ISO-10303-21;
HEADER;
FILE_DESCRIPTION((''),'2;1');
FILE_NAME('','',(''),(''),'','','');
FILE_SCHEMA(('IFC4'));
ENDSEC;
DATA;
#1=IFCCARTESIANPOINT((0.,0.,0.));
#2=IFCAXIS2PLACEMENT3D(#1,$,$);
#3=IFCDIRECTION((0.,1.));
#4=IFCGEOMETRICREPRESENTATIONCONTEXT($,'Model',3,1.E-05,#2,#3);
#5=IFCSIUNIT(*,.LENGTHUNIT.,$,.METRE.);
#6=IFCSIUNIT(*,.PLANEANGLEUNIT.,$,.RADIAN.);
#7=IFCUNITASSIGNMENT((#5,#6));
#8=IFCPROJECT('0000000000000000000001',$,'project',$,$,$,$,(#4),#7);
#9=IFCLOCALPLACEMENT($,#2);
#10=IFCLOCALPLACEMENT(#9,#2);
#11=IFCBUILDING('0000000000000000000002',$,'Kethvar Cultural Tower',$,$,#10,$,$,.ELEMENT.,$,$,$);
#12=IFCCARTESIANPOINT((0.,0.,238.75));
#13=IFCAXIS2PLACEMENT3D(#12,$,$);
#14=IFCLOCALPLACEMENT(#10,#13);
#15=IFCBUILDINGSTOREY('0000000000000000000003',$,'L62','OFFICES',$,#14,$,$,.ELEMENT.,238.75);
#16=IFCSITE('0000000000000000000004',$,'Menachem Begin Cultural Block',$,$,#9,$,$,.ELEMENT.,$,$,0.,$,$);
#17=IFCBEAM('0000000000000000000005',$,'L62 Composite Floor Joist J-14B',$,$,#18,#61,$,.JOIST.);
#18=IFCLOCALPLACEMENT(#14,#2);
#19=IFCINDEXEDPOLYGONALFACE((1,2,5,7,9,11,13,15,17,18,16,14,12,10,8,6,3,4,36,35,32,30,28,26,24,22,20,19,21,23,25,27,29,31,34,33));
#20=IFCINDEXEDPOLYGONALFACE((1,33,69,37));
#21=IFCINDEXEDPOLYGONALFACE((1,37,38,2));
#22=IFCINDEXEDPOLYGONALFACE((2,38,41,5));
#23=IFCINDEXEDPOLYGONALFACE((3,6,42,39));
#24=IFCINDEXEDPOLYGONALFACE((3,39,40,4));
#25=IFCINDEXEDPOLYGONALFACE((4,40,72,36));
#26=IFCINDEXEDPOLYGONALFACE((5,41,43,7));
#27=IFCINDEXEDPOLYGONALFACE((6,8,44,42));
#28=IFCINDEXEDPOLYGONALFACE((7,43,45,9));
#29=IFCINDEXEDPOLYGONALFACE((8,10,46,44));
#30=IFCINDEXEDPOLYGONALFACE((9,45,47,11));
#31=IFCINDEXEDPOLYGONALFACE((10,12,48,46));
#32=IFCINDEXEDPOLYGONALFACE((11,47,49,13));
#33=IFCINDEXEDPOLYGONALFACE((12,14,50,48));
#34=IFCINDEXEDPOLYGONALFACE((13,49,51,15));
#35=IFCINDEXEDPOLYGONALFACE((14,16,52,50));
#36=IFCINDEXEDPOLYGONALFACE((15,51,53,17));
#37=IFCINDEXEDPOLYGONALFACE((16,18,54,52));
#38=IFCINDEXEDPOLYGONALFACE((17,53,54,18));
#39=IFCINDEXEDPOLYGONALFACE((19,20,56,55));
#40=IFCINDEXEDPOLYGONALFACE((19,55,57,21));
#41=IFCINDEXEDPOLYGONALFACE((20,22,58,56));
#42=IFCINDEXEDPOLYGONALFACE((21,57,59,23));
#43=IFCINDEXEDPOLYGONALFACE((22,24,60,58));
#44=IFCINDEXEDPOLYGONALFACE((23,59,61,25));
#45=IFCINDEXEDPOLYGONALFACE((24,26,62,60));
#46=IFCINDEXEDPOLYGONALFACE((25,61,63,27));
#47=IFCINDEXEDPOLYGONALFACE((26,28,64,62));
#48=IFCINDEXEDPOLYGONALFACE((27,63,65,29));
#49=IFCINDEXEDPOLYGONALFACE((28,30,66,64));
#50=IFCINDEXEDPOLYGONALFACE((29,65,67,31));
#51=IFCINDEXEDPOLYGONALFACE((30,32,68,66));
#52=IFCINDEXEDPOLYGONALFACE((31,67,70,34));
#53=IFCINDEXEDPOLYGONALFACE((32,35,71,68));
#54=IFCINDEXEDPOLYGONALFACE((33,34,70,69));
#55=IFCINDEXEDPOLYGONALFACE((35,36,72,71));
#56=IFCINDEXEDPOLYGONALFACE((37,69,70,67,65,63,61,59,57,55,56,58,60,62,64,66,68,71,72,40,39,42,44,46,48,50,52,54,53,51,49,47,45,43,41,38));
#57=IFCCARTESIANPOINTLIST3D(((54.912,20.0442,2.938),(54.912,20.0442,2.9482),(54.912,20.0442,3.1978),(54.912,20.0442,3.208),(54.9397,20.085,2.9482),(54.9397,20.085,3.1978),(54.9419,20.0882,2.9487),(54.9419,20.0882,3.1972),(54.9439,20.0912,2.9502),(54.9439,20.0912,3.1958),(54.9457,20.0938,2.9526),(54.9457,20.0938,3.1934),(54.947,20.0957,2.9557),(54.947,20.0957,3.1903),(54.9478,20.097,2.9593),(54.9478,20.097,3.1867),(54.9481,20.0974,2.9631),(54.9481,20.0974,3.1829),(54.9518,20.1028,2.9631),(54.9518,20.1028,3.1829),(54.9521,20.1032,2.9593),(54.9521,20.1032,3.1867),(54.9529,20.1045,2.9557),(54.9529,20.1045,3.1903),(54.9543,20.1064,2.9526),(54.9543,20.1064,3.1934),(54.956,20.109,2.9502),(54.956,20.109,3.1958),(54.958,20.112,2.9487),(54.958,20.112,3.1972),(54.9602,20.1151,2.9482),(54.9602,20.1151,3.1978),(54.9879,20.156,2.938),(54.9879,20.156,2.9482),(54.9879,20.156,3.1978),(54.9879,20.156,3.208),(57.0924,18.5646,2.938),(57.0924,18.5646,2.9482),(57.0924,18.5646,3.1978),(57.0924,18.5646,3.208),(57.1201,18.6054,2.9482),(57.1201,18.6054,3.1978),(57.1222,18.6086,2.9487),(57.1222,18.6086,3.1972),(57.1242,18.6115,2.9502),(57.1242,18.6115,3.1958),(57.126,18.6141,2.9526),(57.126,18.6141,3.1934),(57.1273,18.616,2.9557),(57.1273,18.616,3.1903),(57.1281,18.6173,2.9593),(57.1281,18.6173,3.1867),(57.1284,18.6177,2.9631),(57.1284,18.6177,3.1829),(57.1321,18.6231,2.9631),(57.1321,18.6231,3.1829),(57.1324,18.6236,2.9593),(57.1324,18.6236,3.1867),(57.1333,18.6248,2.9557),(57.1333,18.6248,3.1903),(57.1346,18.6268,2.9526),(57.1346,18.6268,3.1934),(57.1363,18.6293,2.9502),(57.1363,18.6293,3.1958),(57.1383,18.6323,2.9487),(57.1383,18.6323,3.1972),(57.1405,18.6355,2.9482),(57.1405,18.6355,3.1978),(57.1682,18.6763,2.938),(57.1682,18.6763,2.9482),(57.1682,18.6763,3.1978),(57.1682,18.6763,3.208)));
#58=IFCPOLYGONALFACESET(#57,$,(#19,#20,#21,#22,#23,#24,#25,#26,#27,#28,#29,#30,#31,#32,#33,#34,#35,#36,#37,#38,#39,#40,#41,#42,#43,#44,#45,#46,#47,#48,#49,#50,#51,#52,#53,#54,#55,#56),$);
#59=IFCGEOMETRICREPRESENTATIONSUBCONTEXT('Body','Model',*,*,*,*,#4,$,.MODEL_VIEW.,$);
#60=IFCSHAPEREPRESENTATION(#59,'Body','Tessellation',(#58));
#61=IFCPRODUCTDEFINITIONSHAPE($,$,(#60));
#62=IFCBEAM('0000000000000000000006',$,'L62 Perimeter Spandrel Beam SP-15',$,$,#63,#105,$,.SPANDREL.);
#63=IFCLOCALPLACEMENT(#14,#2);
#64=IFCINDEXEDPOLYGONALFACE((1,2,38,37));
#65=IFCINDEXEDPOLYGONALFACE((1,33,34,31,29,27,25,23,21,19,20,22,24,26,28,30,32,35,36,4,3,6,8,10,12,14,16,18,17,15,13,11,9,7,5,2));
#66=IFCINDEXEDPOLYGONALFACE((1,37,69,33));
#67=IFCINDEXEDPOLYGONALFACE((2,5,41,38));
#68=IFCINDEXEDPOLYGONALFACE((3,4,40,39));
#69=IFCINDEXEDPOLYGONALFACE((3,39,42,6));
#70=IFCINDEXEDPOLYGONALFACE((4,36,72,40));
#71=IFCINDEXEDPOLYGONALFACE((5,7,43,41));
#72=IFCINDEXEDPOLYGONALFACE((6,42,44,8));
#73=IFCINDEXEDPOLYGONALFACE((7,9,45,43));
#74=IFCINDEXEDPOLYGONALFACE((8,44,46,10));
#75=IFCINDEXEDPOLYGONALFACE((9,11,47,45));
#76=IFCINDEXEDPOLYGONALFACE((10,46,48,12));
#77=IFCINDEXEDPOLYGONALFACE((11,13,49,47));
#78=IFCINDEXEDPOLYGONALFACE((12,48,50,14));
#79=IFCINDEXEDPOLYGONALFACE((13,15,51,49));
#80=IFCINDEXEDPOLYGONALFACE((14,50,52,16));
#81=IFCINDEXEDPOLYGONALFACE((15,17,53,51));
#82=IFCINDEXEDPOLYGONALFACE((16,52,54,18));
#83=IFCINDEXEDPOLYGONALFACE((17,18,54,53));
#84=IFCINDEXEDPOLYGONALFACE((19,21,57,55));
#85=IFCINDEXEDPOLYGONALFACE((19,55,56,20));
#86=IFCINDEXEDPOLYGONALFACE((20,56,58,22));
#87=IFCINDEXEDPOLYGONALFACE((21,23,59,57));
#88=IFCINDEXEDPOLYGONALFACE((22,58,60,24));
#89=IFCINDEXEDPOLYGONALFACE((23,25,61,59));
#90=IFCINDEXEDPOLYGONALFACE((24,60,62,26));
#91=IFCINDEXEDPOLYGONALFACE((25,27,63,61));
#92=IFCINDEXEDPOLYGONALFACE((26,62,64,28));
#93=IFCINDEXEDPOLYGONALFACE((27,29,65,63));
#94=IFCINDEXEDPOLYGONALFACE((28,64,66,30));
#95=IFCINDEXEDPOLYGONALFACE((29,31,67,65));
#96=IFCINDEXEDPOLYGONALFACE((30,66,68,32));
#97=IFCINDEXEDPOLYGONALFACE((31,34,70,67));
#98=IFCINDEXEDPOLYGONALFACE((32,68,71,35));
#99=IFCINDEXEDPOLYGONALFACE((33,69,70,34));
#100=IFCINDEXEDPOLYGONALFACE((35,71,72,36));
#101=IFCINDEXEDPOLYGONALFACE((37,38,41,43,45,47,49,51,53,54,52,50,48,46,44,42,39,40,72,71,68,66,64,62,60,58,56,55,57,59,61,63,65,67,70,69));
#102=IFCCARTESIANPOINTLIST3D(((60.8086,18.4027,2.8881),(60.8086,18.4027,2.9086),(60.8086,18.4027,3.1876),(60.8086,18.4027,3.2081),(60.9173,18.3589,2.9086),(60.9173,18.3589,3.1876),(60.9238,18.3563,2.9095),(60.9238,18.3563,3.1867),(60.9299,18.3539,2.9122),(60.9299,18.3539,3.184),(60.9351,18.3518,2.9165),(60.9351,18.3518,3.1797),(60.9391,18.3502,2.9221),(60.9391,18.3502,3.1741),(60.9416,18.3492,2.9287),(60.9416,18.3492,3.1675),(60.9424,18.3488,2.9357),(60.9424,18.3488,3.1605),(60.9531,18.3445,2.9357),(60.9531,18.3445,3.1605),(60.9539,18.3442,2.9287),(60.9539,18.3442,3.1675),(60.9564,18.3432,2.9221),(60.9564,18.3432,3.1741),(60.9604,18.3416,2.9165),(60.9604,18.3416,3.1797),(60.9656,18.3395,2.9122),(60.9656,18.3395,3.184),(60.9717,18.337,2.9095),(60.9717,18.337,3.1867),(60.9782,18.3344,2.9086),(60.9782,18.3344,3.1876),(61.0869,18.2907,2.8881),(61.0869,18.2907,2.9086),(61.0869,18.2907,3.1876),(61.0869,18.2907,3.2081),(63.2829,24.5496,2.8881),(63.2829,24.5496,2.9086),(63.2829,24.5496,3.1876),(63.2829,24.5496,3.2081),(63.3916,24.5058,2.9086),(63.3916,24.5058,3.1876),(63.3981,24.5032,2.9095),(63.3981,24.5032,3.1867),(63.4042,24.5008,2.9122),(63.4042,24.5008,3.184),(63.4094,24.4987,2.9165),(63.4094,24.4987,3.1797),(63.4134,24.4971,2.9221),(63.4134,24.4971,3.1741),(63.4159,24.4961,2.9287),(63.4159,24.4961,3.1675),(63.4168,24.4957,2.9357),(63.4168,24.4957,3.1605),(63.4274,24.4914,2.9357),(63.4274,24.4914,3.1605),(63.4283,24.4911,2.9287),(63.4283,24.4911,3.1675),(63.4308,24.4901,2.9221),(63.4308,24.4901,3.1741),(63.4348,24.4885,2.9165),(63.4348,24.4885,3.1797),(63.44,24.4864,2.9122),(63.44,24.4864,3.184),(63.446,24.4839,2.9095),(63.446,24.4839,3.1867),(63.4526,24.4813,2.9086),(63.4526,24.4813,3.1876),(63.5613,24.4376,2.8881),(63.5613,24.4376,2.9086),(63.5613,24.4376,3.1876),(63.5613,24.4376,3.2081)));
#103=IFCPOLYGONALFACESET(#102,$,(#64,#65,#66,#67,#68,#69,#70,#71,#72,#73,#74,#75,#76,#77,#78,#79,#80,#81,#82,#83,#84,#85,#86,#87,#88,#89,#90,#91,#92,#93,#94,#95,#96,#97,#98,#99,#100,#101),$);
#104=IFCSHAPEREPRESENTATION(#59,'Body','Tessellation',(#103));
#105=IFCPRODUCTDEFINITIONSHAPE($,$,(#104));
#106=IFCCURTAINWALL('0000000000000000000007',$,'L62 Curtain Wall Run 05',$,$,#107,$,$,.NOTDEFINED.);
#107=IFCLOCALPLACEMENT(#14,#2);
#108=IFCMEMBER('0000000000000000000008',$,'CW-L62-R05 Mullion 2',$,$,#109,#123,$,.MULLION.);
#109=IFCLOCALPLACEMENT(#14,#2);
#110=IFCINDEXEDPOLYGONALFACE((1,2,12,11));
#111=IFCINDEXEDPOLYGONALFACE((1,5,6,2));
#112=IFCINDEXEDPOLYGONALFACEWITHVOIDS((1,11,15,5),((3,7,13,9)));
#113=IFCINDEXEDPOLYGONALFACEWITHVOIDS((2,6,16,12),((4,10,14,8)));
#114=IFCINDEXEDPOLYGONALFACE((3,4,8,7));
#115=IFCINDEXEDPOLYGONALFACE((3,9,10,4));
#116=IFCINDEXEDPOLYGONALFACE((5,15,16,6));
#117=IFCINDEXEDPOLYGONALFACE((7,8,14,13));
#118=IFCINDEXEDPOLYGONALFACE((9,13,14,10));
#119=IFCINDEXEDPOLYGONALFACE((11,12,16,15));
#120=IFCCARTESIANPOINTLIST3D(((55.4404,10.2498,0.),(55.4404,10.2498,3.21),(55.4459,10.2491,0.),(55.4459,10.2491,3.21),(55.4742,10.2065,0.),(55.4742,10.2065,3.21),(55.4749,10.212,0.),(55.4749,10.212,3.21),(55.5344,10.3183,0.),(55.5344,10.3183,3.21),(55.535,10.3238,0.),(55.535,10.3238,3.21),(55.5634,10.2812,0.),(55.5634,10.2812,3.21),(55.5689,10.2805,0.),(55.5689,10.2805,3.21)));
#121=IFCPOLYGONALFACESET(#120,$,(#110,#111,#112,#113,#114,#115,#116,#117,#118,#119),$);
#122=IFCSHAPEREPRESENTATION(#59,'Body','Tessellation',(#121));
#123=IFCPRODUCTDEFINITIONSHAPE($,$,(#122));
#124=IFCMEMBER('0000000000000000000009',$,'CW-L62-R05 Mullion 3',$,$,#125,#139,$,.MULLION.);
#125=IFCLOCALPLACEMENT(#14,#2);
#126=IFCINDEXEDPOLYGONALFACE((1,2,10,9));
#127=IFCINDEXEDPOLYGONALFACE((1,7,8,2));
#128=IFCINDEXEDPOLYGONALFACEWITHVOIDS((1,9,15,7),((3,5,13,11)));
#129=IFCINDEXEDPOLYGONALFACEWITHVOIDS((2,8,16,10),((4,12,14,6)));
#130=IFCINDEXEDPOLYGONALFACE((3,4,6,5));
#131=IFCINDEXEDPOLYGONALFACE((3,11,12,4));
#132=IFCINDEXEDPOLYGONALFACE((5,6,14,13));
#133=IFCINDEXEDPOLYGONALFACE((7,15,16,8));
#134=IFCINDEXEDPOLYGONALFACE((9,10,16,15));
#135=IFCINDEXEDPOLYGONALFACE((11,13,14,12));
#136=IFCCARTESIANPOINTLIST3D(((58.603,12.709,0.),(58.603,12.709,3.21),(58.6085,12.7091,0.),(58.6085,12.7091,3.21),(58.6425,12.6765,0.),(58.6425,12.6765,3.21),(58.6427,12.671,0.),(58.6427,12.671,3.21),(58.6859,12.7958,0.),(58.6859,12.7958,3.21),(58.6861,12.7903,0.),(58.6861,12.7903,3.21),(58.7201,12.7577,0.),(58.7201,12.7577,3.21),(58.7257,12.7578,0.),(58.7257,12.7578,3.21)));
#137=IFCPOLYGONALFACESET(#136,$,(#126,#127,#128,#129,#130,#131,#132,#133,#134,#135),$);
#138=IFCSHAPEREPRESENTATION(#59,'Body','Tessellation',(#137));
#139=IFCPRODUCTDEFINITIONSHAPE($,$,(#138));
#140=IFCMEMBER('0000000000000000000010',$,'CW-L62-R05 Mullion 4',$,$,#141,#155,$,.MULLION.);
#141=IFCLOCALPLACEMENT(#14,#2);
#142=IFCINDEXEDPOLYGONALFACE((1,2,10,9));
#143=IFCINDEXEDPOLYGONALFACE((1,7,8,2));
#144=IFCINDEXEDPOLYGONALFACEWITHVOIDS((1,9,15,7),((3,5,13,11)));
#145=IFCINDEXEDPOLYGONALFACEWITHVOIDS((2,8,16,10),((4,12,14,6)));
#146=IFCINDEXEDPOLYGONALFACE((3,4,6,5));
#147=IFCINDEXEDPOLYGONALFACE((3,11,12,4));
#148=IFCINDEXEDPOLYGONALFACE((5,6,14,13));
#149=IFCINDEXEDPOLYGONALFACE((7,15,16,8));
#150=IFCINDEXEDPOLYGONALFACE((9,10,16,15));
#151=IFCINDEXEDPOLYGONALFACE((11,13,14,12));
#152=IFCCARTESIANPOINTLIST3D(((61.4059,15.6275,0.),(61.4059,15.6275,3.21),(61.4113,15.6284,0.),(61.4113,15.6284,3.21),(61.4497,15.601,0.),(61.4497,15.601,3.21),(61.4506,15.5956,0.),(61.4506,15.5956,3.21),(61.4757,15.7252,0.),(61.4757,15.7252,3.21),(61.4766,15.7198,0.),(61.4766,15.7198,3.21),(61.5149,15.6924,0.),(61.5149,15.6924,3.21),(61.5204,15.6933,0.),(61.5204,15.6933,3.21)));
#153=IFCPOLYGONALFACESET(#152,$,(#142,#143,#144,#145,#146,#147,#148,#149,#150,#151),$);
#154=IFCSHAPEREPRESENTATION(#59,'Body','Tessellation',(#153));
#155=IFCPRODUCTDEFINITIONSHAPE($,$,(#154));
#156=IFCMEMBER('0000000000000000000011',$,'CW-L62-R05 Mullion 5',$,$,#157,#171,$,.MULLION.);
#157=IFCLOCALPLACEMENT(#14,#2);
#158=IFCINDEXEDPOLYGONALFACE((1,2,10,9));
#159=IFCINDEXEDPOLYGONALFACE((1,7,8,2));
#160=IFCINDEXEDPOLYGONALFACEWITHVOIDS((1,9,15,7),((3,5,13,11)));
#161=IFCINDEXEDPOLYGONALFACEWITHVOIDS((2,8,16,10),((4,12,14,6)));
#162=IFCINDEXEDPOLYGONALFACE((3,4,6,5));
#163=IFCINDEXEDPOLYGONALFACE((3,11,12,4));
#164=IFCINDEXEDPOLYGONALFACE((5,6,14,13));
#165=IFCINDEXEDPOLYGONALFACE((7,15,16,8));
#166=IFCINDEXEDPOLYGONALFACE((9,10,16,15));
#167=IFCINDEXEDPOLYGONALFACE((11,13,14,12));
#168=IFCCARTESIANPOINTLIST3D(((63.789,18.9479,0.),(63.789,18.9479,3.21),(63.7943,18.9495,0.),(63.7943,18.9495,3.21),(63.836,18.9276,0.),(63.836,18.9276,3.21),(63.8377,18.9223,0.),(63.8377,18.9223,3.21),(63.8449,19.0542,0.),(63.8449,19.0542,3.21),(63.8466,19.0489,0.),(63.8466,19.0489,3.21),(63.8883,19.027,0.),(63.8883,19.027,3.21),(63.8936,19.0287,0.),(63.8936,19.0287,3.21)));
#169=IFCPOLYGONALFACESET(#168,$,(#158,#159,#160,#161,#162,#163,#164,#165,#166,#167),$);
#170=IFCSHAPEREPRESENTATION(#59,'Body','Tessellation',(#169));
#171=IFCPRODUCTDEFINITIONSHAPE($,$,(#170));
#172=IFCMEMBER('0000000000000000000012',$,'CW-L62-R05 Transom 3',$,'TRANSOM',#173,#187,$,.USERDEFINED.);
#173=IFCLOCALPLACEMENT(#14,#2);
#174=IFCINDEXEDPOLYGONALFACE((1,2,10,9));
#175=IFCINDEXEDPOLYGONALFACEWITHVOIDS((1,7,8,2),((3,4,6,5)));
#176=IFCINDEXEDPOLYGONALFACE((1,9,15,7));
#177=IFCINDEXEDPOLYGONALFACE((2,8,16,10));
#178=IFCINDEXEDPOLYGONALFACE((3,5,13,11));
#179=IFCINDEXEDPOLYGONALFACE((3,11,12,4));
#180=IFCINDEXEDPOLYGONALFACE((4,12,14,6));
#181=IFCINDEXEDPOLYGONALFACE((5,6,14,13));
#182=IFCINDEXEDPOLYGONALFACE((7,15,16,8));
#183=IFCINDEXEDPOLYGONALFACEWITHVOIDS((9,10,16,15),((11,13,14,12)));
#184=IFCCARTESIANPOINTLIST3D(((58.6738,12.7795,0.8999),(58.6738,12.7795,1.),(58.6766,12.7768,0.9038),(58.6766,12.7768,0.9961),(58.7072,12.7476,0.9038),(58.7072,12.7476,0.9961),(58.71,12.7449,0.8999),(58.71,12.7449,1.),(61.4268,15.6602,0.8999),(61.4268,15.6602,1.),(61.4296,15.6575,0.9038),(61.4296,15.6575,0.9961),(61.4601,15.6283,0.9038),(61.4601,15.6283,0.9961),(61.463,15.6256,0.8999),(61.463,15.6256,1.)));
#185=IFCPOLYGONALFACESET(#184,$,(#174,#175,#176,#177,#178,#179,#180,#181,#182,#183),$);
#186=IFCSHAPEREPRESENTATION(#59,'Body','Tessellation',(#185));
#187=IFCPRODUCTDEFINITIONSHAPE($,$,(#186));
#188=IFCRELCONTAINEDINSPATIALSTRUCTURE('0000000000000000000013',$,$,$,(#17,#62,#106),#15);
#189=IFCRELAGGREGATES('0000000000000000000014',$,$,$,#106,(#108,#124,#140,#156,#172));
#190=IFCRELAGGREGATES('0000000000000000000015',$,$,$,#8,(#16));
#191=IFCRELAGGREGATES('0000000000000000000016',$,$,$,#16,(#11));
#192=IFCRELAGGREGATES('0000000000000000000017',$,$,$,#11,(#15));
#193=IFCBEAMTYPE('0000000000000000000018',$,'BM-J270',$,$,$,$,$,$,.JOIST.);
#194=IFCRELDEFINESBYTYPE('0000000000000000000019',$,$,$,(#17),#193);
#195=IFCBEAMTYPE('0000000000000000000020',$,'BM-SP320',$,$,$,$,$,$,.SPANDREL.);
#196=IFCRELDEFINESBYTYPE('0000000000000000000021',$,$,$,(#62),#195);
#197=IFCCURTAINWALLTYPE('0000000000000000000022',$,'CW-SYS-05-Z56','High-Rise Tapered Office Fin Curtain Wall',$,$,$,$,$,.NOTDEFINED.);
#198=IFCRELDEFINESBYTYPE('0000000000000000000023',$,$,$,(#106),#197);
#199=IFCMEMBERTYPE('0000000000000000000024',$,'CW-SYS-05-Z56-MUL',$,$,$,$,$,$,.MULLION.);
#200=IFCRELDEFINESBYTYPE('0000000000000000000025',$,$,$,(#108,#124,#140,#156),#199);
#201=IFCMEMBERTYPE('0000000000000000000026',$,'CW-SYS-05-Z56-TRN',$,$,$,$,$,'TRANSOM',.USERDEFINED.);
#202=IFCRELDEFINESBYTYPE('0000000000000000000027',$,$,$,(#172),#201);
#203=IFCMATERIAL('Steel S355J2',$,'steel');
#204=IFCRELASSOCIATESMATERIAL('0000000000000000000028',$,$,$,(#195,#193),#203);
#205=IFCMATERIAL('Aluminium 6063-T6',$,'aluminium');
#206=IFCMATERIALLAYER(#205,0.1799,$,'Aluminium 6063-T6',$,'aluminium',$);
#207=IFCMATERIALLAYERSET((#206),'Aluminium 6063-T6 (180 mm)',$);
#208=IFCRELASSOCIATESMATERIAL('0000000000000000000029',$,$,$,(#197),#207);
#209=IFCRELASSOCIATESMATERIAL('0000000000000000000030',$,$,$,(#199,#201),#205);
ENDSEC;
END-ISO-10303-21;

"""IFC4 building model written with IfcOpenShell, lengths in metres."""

from ifc_helpers import new_model, si_unit, direction, frame, origin, origin_2d, place, context, subcontext, project, spatial, hollow_rectangle, i_section, extrude, source, transform, mapped, material, layer, layer_set, material_profile, profile_set, type_object, element, aggregate, save


model = new_model("IFC4")

# Units and contexts
model_context = context("Model", 3, precision=1e-05, world=origin(), true_north=direction((0.0, 1.0)))
body_context = subcontext(model_context, "Body", "Model", "MODEL_VIEW")
ifc_project = project(units=[si_unit("LENGTHUNIT", "METRE"), si_unit("PLANEANGLEUNIT", "RADIAN")], contexts=[model_context])

# Site, building, storey
site_placement = place(None, origin())
site = spatial("IfcSite", under=ifc_project, at=site_placement, Name="Menachem Begin Cultural Block", CompositionType="ELEMENT", RefElevation=0.0)
building_placement = place(site_placement, origin())
building = spatial("IfcBuilding", under=site, at=building_placement, Name="Kethvar Cultural Tower", CompositionType="ELEMENT")
storey_placement = place(building_placement, frame((0.0, 0.0, 238.75)))
storey = spatial("IfcBuildingStorey", under=building, at=storey_placement, Name="L62", Description="OFFICES", CompositionType="ELEMENT", Elevation=238.75)

# Beams
ifc_material_1 = material(Name="Steel S355J2", Category="steel")
ifc_material_profile_1 = material_profile(ifc_material_1, i_section(OverallWidth=0.3, OverallDepth=0.3201, WebThickness=0.0115, FlangeThickness=0.0205, FilletRadius=0.0271, at=origin_2d()), Name="Steel S355J2 — HEB320")
ifc_profile_set_1 = profile_set([ifc_material_profile_1], Name="Steel S355J2 — HEB320")
beam_type_1 = type_object("IfcBeamType", Name="BM-SP320", PredefinedType="SPANDREL", material=ifc_profile_set_1)
ifc_material_profile_2 = material_profile(ifc_material_1, i_section(OverallWidth=0.135, OverallDepth=0.27, WebThickness=0.0066, FlangeThickness=0.0103, FilletRadius=0.0149, at=origin_2d()), Name="Steel S355J2 — IPE270")
ifc_profile_set_2 = profile_set([ifc_material_profile_2], Name="Steel S355J2 — IPE270")
beam_type_2 = type_object("IfcBeamType", Name="BM-J270", PredefinedType="JOIST", material=ifc_profile_set_2)
shared_shape_1 = source(origin(), body_context, "Body", "SweptSolid", [
    extrude(i_section(OverallWidth=0.135, OverallDepth=0.27, WebThickness=0.0066, FlangeThickness=0.0103, FilletRadius=0.0149, at=origin_2d()), origin(), (0.0, 0.0, 1.0), 2.635),
])
beam_1_placement = place(storey_placement, frame((54.95, 20.1001, 3.073), z_axis=(0.827447, -0.561544, 0.0), x_axis=(0.561544, 0.827447, 0.0)))
element("IfcBeam", 1, at=beam_1_placement, inside=storey, type_object=beam_type_2, Name="L62 Composite Floor Joist J-14B", PredefinedType="JOIST", context=body_context, shape_type="MappedRepresentation", body=[
    mapped(shared_shape_1, transform((0.0, 0.0, 0.0), scale=1.0)),
])
shared_shape_2 = source(origin(), body_context, "Body", "SweptSolid", [
    extrude(i_section(OverallWidth=0.3, OverallDepth=0.3201, WebThickness=0.0115, FlangeThickness=0.0205, FilletRadius=0.0271, at=origin_2d()), origin(), (0.0, 0.0, 1.0), 6.6262),
])
beam_2_placement = place(storey_placement, frame((60.9478, 18.3467, 3.0481), z_axis=(0.373416, 0.927664, 0.0), x_axis=(-0.927664, 0.373416, 0.0)))
element("IfcBeam", 2, at=beam_2_placement, inside=storey, type_object=beam_type_1, Name="L62 Perimeter Spandrel Beam SP-15", PredefinedType="SPANDREL", context=body_context, shape_type="MappedRepresentation", body=[
    mapped(shared_shape_2, transform((0.0, 0.0, 0.0), scale=1.0)),
])

# Curtain wall, members
ifc_material_2 = material(Name="Aluminium 6063-T6", Category="aluminium")
ifc_layer_1 = layer(ifc_material_2, 0.1799, Name="Aluminium 6063-T6", Category="aluminium")
ifc_layer_set_1 = layer_set([ifc_layer_1], Name="Aluminium 6063-T6 (180 mm)")
curtain_wall_type = type_object("IfcCurtainWallType", Name="CW-SYS-05-Z56", Description="High-Rise Tapered Office Fin Curtain Wall", PredefinedType="NOTDEFINED", material=ifc_layer_set_1)
curtain_wall_placement = place(storey_placement, origin())
curtain_wall = element("IfcCurtainWall", 3, at=curtain_wall_placement, inside=storey, type_object=curtain_wall_type, Name="L62 Curtain Wall Run 05", PredefinedType="NOTDEFINED")
ifc_material_profile_3 = material_profile(ifc_material_2, hollow_rectangle(XDim=0.0549, YDim=0.1201, WallThickness=0.0039, at=origin_2d()), Name="Aluminium 6063-T6 — RHS120x55x4")
ifc_profile_set_3 = profile_set([ifc_material_profile_3], Name="Aluminium 6063-T6 — RHS120x55x4")
member_type_1 = type_object("IfcMemberType", Name="CW-SYS-05-Z56-MUL", PredefinedType="MULLION", material=ifc_profile_set_3)
shared_shape_3 = source(origin(), body_context, "Body", "SweptSolid", [
    extrude(hollow_rectangle(XDim=0.0549, YDim=0.1201, WallThickness=0.0039, at=origin_2d()), origin(), (0.0, 0.0, 1.0), 3.21),
])
member_1_placement = place(storey_placement, frame((55.5046, 10.2651, 0.0), z_axis=(0.0, 0.0, 1.0), x_axis=(-0.615799, 0.787903, 0.0)))
member_1 = element("IfcMember", 4, at=member_1_placement, type_object=member_type_1, Name="CW-L62-R05 Mullion 2", PredefinedType="MULLION", context=body_context, shape_type="MappedRepresentation", body=[
    mapped(shared_shape_3, transform((0.0, 0.0, 0.0), scale=1.0)),
])
member_2_placement = place(storey_placement, frame((58.6643, 12.7334, 0.0), z_axis=(0.0, 0.0, 1.0), x_axis=(-0.722931, 0.69092, 0.0)))
member_2 = element("IfcMember", 5, at=member_2_placement, type_object=member_type_1, Name="CW-L62-R05 Mullion 3", PredefinedType="MULLION", context=body_context, shape_type="MappedRepresentation", body=[
    mapped(shared_shape_3, transform((0.0, 0.0, 0.0), scale=1.0)),
])
member_3_placement = place(storey_placement, frame((61.4631, 15.6604, 0.0), z_axis=(0.0, 0.0, 1.0), x_axis=(-0.81373, 0.581243, 0.0)))
member_3 = element("IfcMember", 6, at=member_3_placement, type_object=member_type_1, Name="CW-L62-R05 Mullion 4", PredefinedType="MULLION", context=body_context, shape_type="MappedRepresentation", body=[
    mapped(shared_shape_3, transform((0.0, 0.0, 0.0), scale=1.0)),
])
member_4_placement = place(storey_placement, frame((63.8413, 18.9883, 0.0), z_axis=(0.0, 0.0, 1.0), x_axis=(-0.885126, 0.465352, 0.0)))
member_4 = element("IfcMember", 7, at=member_4_placement, type_object=member_type_1, Name="CW-L62-R05 Mullion 5", PredefinedType="MULLION", context=body_context, shape_type="MappedRepresentation", body=[
    mapped(shared_shape_3, transform((0.0, 0.0, 0.0), scale=1.0)),
])
ifc_material_profile_4 = material_profile(ifc_material_2, hollow_rectangle(XDim=0.05, YDim=0.1001, WallThickness=0.0039, at=origin_2d()), Name="Aluminium 6063-T6 — RHS100x50x4")
ifc_profile_set_4 = profile_set([ifc_material_profile_4], Name="Aluminium 6063-T6 — RHS100x50x4")
member_type_2 = type_object("IfcMemberType", Name="CW-SYS-05-Z56-TRN", ElementType="TRANSOM", PredefinedType="USERDEFINED", material=ifc_profile_set_4)
shared_shape_4 = source(origin(), body_context, "Body", "SweptSolid", [
    extrude(hollow_rectangle(XDim=0.05, YDim=0.1001, WallThickness=0.0039, at=origin_2d()), origin(), (0.0, 0.0, 1.0), 3.9846),
])
member_5_placement = place(storey_placement, frame((58.6919, 12.7622, 0.95), z_axis=(0.690903, 0.722948, 0.0), x_axis=(-0.722948, 0.690903, 0.0)))
member_5 = element("IfcMember", 8, at=member_5_placement, type_object=member_type_2, Name="CW-L62-R05 Transom 3", ObjectType="TRANSOM", PredefinedType="USERDEFINED", context=body_context, shape_type="MappedRepresentation", body=[
    mapped(shared_shape_4, transform((0.0, 0.0, 0.0), scale=1.0)),
])
aggregate(curtain_wall, [member_1, member_2, member_3, member_4, member_5])

save(model, "model.ifc")
